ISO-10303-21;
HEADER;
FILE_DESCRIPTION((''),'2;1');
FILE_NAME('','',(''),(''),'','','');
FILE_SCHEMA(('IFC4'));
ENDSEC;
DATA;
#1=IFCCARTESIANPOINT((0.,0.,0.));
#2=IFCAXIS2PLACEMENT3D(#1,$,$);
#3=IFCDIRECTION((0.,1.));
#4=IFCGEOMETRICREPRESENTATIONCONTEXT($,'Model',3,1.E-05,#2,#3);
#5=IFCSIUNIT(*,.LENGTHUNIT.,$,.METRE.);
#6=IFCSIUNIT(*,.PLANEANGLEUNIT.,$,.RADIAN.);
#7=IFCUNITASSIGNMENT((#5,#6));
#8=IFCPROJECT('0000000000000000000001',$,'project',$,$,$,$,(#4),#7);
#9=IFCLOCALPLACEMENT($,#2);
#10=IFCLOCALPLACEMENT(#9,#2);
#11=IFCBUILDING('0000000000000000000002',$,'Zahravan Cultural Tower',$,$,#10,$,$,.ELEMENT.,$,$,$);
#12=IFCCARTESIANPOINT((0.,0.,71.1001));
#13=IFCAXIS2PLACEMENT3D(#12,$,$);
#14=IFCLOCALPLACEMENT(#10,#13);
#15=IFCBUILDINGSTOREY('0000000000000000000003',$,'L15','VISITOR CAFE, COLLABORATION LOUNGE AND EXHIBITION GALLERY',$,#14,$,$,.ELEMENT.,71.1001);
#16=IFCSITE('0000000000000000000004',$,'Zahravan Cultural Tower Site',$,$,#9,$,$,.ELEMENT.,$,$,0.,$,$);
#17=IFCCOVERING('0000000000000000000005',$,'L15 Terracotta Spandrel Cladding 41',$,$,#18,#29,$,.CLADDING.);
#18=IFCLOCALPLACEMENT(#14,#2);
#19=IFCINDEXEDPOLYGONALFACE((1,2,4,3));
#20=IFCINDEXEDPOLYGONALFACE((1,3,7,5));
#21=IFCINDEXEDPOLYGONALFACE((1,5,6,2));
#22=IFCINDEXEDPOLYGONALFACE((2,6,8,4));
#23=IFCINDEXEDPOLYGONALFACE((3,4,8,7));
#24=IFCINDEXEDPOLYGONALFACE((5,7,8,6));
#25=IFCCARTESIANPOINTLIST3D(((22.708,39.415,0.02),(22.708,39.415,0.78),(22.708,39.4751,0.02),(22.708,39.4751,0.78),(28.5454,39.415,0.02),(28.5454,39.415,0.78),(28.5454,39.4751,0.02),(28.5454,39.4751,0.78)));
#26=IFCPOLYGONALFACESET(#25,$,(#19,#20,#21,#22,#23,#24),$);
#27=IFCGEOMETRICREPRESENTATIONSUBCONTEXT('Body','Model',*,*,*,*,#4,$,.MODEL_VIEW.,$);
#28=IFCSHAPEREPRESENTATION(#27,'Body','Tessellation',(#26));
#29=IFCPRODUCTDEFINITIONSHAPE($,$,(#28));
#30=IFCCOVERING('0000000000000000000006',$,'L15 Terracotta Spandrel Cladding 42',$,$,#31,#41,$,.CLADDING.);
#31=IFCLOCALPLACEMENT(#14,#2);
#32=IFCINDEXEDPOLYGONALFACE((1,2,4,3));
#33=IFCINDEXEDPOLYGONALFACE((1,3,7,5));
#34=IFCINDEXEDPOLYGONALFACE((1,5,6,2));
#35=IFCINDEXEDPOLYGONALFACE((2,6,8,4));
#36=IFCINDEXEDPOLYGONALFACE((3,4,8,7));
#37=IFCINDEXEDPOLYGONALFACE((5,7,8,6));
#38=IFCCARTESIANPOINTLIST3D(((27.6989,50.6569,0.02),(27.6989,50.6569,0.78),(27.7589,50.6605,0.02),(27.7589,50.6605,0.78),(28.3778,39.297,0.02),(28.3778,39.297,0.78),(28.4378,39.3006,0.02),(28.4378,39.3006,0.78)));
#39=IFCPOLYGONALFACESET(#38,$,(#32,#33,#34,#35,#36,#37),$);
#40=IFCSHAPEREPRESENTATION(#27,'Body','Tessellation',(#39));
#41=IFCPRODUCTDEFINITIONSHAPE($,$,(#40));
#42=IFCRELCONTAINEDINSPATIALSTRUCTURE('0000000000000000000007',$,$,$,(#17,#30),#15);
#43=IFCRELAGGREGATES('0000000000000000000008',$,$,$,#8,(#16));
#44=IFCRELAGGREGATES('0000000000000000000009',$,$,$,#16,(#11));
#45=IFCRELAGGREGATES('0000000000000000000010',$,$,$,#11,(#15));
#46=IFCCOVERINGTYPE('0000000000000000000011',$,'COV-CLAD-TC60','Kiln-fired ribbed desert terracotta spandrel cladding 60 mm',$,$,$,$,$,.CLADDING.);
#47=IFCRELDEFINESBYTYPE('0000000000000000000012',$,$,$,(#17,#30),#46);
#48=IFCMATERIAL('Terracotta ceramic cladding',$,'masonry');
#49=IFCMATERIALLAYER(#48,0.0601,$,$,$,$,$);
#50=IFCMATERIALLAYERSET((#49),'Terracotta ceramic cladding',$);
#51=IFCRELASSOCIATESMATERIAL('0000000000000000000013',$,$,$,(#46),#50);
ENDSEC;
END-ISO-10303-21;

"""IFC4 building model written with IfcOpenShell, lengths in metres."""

from ifc_helpers import new_model, si_unit, direction, frame, origin, origin_2d, place, context, subcontext, project, spatial, rectangle, extrude, source, transform, mapped, material, layer, layer_set, type_object, element, save


model = new_model("IFC4")

# Units and contexts
model_context = context("Model", 3, precision=1e-05, world=origin(), true_north=direction((0.0, 1.0)))
body_context = subcontext(model_context, "Body", "Model", "MODEL_VIEW")
ifc_project = project(units=[si_unit("LENGTHUNIT", "METRE"), si_unit("PLANEANGLEUNIT", "RADIAN")], contexts=[model_context])

# Site, building, storey
site_placement = place(None, origin())
site = spatial("IfcSite", under=ifc_project, at=site_placement, Name="Zahravan Cultural Tower Site", CompositionType="ELEMENT", RefElevation=0.0)
building_placement = place(site_placement, origin())
building = spatial("IfcBuilding", under=site, at=building_placement, Name="Zahravan Cultural Tower", CompositionType="ELEMENT")
storey_placement = place(building_placement, frame((0.0, 0.0, 71.1001)))
storey = spatial("IfcBuildingStorey", under=building, at=storey_placement, Name="L15", Description="VISITOR CAFE, COLLABORATION LOUNGE AND EXHIBITION GALLERY", CompositionType="ELEMENT", Elevation=71.1001)

# Coverings
ifc_material_1 = material(Name="Terracotta ceramic cladding", Category="masonry")
ifc_layer_1 = layer(ifc_material_1, 0.0601)
ifc_layer_set_1 = layer_set([ifc_layer_1], Name="Terracotta ceramic cladding")
covering_type = type_object("IfcCoveringType", Name="COV-CLAD-TC60", Description="Kiln-fired ribbed desert terracotta spandrel cladding 60 mm", PredefinedType="CLADDING", material=ifc_layer_set_1)
shared_shape_1 = source(origin(), body_context, "Body", "SweptSolid", [
    extrude(rectangle(XDim=5.8374, YDim=0.0601, at=origin_2d()), origin(), (0.0, 0.0, 1.0), 0.76),
])
covering_1_placement = place(storey_placement, frame((25.6267, 39.4451, 0.02), z_axis=(0.0, 0.0, 1.0), x_axis=(1.0, 0.0, 0.0)))
element("IfcCovering", 1, at=covering_1_placement, inside=storey, type_object=covering_type, Name="L15 Terracotta Spandrel Cladding 41", PredefinedType="CLADDING", context=body_context, shape_type="MappedRepresentation", body=[
    mapped(shared_shape_1, transform((0.0, 0.0, 0.0), x_axis=(1.0, 0.0, 0.0), y_axis=(0.0, 1.0, 0.0), z_axis=(0.0, 0.0, 1.0), scale=1.0)),
])
shared_shape_2 = source(origin(), body_context, "Body", "SweptSolid", [
    extrude(rectangle(XDim=11.3801, YDim=0.0601, at=origin_2d()), origin(), (0.0, 0.0, 1.0), 0.76),
])
covering_2_placement = place(storey_placement, frame((28.0684, 44.9788, 0.02), z_axis=(0.0, 0.0, 1.0), x_axis=(-0.059655, 0.998219, 0.0)))
element("IfcCovering", 2, at=covering_2_placement, inside=storey, type_object=covering_type, Name="L15 Terracotta Spandrel Cladding 42", PredefinedType="CLADDING", context=body_context, shape_type="MappedRepresentation", body=[
    mapped(shared_shape_2, transform((0.0, 0.0, 0.0), x_axis=(1.0, 0.0, 0.0), y_axis=(0.0, 1.0, 0.0), z_axis=(0.0, 0.0, 1.0), scale=1.0)),
])

save(model, "model.ifc")
